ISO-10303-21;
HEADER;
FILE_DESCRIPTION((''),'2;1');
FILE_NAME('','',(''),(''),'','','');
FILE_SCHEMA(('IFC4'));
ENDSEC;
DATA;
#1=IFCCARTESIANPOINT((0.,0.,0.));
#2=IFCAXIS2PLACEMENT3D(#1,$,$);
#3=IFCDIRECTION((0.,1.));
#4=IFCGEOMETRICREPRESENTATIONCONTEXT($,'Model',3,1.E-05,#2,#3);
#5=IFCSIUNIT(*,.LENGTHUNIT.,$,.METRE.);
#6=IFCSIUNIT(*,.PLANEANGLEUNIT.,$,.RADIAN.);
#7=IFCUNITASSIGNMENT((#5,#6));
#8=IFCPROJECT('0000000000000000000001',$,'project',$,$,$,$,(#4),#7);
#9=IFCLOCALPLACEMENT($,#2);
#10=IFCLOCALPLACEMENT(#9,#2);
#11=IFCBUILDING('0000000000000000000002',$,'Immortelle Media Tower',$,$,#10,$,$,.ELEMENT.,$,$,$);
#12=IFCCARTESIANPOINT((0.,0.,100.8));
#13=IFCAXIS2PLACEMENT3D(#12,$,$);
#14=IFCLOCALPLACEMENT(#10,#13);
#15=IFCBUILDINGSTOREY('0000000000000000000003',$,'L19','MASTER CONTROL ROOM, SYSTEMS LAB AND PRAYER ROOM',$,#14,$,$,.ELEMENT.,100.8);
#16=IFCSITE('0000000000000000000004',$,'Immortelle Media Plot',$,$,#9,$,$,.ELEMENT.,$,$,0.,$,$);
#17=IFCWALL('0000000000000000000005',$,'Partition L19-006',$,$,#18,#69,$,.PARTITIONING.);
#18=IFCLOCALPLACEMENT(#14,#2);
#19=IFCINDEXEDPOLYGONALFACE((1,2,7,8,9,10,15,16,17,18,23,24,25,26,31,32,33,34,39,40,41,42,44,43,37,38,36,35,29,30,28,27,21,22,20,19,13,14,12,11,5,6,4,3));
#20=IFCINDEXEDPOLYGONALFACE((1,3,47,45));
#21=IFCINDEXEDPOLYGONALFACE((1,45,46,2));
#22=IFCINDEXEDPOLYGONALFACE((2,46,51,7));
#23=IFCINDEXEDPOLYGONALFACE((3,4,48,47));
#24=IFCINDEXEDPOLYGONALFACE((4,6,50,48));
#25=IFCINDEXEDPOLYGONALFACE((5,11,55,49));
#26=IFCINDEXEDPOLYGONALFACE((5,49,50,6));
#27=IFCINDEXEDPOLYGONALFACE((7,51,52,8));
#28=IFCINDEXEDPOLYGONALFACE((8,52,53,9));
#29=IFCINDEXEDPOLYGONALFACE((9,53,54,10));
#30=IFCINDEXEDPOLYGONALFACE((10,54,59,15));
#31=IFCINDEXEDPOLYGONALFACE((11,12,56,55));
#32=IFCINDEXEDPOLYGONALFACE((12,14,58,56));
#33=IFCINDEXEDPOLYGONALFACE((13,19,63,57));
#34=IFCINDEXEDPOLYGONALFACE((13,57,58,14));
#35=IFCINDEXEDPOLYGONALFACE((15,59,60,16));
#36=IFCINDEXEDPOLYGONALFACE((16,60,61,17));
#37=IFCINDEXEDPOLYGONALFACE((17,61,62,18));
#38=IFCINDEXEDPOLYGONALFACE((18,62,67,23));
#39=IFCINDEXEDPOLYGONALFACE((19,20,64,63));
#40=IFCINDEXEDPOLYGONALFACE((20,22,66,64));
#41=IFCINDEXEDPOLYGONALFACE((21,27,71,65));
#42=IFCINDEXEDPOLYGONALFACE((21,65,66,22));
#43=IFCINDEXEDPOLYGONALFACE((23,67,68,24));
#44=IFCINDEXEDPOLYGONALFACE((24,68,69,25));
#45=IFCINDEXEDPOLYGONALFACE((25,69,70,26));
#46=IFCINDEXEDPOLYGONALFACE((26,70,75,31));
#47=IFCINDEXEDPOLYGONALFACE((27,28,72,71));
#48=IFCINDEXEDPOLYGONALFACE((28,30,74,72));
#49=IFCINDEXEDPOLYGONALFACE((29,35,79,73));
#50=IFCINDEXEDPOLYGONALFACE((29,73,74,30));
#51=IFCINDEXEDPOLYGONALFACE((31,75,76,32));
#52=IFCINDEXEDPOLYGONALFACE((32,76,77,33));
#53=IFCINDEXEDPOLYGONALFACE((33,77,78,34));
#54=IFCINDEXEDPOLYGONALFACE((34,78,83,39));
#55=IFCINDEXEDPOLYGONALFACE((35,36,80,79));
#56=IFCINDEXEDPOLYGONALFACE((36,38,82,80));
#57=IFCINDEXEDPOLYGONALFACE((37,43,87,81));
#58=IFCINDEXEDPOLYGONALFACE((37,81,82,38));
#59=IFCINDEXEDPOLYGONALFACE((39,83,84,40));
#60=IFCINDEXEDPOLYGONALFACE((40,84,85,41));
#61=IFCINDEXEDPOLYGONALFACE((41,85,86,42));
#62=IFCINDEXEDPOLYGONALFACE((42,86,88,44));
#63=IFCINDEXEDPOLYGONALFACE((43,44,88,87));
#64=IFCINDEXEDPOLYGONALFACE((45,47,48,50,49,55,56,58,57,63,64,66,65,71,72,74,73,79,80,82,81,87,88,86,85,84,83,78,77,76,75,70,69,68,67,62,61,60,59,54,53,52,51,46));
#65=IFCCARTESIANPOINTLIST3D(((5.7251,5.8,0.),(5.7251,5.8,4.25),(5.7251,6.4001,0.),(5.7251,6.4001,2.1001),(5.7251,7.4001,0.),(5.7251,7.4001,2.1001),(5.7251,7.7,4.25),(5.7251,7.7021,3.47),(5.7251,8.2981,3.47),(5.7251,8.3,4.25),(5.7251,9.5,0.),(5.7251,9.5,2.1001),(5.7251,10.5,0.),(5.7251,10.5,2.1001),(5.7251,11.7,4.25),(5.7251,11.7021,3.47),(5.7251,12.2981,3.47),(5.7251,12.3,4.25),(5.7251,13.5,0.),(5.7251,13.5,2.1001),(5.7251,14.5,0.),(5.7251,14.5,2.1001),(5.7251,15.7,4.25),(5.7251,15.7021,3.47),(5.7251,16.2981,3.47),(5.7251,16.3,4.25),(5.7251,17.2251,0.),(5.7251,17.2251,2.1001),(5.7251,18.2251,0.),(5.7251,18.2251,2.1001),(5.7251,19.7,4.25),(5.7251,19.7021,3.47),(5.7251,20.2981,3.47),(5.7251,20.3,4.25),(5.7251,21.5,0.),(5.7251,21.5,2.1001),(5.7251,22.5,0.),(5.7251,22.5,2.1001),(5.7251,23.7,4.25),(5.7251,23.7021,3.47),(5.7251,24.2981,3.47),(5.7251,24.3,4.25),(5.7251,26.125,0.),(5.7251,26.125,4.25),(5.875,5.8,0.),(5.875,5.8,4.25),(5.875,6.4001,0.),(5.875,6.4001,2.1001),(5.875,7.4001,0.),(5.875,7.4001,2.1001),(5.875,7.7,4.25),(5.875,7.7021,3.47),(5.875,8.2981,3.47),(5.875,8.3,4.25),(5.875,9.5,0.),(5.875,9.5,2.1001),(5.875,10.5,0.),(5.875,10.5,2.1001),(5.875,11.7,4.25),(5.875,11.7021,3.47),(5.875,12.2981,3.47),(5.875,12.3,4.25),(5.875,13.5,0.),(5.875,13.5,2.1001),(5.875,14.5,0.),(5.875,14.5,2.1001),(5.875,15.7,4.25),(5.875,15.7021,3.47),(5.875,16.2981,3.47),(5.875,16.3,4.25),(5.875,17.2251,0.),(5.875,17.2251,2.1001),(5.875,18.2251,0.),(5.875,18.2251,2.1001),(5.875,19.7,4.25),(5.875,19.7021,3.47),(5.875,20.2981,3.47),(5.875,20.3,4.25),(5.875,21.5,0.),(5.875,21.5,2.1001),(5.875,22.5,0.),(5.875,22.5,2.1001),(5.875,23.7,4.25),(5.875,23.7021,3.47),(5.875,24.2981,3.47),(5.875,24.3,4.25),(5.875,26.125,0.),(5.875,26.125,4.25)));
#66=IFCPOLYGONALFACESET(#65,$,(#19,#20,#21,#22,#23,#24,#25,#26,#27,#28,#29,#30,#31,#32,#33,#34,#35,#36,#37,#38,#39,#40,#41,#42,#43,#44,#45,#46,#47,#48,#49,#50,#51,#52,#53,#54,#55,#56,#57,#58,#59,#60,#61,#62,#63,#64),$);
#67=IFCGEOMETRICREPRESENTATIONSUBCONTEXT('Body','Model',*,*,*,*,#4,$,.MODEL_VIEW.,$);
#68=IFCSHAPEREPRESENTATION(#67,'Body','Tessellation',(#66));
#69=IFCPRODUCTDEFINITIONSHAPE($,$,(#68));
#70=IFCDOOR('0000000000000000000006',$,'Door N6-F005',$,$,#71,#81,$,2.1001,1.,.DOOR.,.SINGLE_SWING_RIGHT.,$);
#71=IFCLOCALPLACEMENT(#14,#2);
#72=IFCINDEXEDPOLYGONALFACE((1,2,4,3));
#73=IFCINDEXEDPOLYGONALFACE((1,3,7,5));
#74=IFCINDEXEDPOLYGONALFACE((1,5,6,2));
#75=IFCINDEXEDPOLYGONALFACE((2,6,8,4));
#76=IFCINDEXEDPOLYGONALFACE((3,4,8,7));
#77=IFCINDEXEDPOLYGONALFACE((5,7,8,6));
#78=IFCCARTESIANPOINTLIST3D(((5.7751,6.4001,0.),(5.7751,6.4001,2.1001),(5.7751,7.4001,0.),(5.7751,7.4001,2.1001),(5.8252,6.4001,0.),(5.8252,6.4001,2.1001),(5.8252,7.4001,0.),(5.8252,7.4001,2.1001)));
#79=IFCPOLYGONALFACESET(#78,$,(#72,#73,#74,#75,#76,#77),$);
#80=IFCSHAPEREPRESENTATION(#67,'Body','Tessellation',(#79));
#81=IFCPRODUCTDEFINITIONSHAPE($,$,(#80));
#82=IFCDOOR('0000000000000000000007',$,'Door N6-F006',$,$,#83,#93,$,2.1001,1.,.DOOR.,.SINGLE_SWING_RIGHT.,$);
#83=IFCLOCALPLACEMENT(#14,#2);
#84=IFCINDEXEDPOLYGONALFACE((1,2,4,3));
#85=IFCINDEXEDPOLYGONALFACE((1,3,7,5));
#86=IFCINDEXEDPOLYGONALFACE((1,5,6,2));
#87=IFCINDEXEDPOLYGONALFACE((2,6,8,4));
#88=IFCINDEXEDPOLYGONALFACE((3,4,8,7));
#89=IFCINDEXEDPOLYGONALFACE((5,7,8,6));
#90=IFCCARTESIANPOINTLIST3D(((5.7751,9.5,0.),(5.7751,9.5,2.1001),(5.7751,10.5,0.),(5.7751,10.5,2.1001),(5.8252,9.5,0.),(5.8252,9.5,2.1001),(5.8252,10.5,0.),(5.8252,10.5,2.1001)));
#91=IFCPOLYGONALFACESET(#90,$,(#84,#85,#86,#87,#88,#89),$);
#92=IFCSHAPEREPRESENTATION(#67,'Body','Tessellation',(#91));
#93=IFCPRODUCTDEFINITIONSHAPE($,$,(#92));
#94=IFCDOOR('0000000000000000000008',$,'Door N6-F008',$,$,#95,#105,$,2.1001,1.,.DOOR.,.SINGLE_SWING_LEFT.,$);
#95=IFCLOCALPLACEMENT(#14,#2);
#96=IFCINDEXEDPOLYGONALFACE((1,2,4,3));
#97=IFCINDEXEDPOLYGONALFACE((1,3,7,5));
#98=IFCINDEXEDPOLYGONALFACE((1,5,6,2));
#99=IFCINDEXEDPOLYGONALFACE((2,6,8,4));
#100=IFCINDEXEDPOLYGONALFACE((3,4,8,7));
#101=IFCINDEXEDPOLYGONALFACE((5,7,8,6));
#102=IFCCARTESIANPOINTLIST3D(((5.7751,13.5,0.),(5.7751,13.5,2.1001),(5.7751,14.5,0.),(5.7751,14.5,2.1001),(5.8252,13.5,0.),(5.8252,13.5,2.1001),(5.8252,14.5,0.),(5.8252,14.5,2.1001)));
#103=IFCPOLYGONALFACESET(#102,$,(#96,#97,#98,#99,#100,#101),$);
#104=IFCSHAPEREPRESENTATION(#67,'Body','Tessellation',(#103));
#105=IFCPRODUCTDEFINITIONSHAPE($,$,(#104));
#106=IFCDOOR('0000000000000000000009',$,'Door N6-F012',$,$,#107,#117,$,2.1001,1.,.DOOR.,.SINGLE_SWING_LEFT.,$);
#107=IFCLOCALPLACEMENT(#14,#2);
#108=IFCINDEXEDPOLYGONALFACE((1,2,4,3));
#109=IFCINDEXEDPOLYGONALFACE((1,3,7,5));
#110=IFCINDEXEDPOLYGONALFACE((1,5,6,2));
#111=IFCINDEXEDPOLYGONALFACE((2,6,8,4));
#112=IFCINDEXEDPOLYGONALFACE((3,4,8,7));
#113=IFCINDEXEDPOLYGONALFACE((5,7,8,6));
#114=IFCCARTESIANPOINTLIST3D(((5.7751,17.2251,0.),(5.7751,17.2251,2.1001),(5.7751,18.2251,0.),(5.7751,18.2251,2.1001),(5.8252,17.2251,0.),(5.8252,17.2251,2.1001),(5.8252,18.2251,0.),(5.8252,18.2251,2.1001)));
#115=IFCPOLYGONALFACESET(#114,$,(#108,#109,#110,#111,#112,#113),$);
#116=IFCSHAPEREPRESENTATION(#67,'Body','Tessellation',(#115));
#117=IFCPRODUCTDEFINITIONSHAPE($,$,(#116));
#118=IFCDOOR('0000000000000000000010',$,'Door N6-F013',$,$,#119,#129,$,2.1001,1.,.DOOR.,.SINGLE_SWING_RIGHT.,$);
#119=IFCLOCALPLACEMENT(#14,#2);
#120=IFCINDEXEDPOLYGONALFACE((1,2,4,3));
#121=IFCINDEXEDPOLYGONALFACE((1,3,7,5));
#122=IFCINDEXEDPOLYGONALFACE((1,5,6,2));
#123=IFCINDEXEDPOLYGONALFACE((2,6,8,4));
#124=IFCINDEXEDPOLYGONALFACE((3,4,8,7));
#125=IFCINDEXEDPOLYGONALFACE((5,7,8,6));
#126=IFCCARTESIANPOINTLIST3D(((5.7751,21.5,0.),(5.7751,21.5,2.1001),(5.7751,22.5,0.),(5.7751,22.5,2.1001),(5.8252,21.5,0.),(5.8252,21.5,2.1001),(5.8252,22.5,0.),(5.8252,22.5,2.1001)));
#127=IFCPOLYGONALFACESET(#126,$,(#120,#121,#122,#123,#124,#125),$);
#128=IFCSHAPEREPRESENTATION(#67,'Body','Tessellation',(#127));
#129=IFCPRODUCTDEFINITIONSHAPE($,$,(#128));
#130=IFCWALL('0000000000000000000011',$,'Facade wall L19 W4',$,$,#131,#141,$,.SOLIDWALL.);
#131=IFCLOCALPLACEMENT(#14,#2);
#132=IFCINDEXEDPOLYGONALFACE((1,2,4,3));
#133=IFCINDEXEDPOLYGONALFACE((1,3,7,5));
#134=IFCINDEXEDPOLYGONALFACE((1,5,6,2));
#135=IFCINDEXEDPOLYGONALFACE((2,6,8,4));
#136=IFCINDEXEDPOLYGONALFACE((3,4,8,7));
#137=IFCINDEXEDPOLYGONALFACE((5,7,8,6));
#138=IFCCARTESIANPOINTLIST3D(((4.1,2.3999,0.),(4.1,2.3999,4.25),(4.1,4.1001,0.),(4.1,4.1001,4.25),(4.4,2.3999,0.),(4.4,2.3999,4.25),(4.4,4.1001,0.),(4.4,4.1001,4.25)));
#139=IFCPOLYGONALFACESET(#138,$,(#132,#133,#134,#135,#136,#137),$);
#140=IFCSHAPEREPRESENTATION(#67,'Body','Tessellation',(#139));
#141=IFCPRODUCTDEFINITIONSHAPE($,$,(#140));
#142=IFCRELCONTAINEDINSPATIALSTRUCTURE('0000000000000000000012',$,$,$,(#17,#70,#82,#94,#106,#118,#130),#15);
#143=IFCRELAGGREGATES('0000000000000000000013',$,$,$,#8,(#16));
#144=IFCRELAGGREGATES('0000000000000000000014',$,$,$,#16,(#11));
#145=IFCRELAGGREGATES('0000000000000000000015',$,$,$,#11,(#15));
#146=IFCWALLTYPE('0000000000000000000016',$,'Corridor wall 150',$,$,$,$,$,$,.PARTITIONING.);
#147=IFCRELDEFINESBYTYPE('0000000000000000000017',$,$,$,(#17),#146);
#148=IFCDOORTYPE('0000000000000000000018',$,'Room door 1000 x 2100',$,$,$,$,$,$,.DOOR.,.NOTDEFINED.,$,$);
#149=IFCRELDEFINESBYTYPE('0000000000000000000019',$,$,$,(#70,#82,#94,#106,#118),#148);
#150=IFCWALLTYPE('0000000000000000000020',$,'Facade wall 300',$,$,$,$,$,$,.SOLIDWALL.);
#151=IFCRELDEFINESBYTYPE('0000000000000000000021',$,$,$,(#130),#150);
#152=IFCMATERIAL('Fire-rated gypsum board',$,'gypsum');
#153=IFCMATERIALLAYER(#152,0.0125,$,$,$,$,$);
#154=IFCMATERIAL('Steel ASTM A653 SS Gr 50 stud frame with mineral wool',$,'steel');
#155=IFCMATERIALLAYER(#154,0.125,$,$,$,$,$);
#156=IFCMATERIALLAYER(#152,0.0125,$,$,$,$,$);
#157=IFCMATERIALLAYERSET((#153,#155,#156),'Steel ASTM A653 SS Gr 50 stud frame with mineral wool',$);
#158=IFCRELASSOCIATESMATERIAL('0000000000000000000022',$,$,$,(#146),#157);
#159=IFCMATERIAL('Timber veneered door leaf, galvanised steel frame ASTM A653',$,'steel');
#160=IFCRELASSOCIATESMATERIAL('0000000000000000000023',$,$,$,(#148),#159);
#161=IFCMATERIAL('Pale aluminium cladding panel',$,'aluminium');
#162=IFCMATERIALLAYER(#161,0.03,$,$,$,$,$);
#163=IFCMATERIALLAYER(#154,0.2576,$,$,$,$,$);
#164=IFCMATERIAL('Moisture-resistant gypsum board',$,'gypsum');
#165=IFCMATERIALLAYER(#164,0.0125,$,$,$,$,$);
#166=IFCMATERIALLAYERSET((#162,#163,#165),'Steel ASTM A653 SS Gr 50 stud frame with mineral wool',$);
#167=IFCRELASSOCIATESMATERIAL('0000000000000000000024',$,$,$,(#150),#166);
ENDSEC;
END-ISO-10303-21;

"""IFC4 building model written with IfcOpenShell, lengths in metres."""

from ifc_helpers import new_model, si_unit, direction, frame, frame_2d, origin, place, context, subcontext, project, spatial, polyline, rectangle, outline, extrude, material, layer, layer_set, type_object, element, fill, save


model = new_model("IFC4")

# Units and contexts
model_context = context("Model", 3, precision=1e-05, world=origin(), true_north=direction((0.0, 1.0)))
body_context = subcontext(model_context, "Body", "Model", "MODEL_VIEW")
ifc_project = project(units=[si_unit("LENGTHUNIT", "METRE"), si_unit("PLANEANGLEUNIT", "RADIAN")], contexts=[model_context])

# Site, building, storey
site_placement = place(None, origin())
site = spatial("IfcSite", under=ifc_project, at=site_placement, Name="Immortelle Media Plot", CompositionType="ELEMENT", RefElevation=0.0)
building_placement = place(site_placement, origin())
building = spatial("IfcBuilding", under=site, at=building_placement, Name="Immortelle Media Tower", CompositionType="ELEMENT")
storey_placement = place(building_placement, frame((0.0, 0.0, 100.8)))
storey = spatial("IfcBuildingStorey", under=building, at=storey_placement, Name="L19", Description="MASTER CONTROL ROOM, SYSTEMS LAB AND PRAYER ROOM", CompositionType="ELEMENT", Elevation=100.8)

# Wall, openings, doors
ifc_material_1 = material(Name="Fire-rated gypsum board", Category="gypsum")
ifc_layer_1 = layer(ifc_material_1, 0.0125)
ifc_material_2 = material(Name="Steel ASTM A653 SS Gr 50 stud frame with mineral wool", Category="steel")
ifc_layer_2 = layer(ifc_material_2, 0.125)
ifc_layer_3 = layer(ifc_material_1, 0.0125)
ifc_layer_set_1 = layer_set([ifc_layer_1, ifc_layer_2, ifc_layer_3], Name="Steel ASTM A653 SS Gr 50 stud frame with mineral wool")
wall_type_1 = type_object("IfcWallType", Name="Corridor wall 150", PredefinedType="PARTITIONING", material=ifc_layer_set_1)
ifc_material_3 = material(Name="Timber veneered door leaf, galvanised steel frame ASTM A653", Category="steel")
door_type_1 = type_object("IfcDoorType", Name="Room door 1000 x 2100", OperationType="NOTDEFINED", PredefinedType="DOOR", material=ifc_material_3)
wall_1_placement = place(storey_placement, frame((5.8, 5.8, 0.0), z_axis=(0.0, 0.0, 1.0), x_axis=(0.0, 1.0, 0.0)))
wall_1 = element("IfcWall", 1, at=wall_1_placement, inside=storey, type_object=wall_type_1, Name="Partition L19-006", PredefinedType="PARTITIONING", context=body_context, shape_type="SweptSolid", body=[
    extrude(outline(polyline([(0.0, 0.0), (20.325, 0.0), (20.325, 4.25), (18.5, 4.25), (18.498, 3.47), (17.9021, 3.47), (17.8999, 4.25), (14.5, 4.25), (14.498, 3.47), (13.9021, 3.47), (13.8999, 4.25), (10.5, 4.25), (10.498, 3.47), (9.9021, 3.47), (9.8999, 4.25), (6.5, 4.25), (6.498, 3.47), (5.9021, 3.47), (5.8999, 4.25), (2.5, 4.25), (2.498, 3.47), (1.9021, 3.47), (1.8999, 4.25), (0.0, 4.25), (0.0, 0.0)])), frame((0.0, 0.075, 0.0), z_axis=(0.0, -1.0, 0.0), x_axis=(1.0, 0.0, 0.0)), (0.0, 0.0, 1.0), 0.1499),
])
opening_1_placement = place(wall_1_placement, frame((0.6001, 0.0, 0.0)))
opening_1 = element("IfcOpeningElement", 2, at=opening_1_placement, cuts=wall_1, PredefinedType="OPENING", context=body_context, shape_type="SweptSolid", body=[
    extrude(rectangle(XDim=1.0, YDim=2.1001, at=frame_2d((0.5, 1.05))), frame((0.0, 0.085, 0.0), z_axis=(0.0, -1.0, 0.0), x_axis=(1.0, 0.0, 0.0)), (0.0, 0.0, 1.0), 0.1699),
])
opening_2_placement = place(wall_1_placement, frame((3.7, 0.0, 0.0)))
opening_2 = element("IfcOpeningElement", 3, at=opening_2_placement, cuts=wall_1, PredefinedType="OPENING", context=body_context, shape_type="SweptSolid", body=[
    extrude(rectangle(XDim=1.0, YDim=2.1001, at=frame_2d((0.5, 1.05))), frame((0.0, 0.085, 0.0), z_axis=(0.0, -1.0, 0.0), x_axis=(1.0, 0.0, 0.0)), (0.0, 0.0, 1.0), 0.1699),
])
opening_3_placement = place(wall_1_placement, frame((7.7, 0.0, 0.0)))
opening_3 = element("IfcOpeningElement", 4, at=opening_3_placement, cuts=wall_1, PredefinedType="OPENING", context=body_context, shape_type="SweptSolid", body=[
    extrude(rectangle(XDim=1.0, YDim=2.1001, at=frame_2d((0.5, 1.05))), frame((0.0, 0.085, 0.0), z_axis=(0.0, -1.0, 0.0), x_axis=(1.0, 0.0, 0.0)), (0.0, 0.0, 1.0), 0.1699),
])
opening_4_placement = place(wall_1_placement, frame((11.425, 0.0, 0.0)))
opening_4 = element("IfcOpeningElement", 5, at=opening_4_placement, cuts=wall_1, PredefinedType="OPENING", context=body_context, shape_type="SweptSolid", body=[
    extrude(rectangle(XDim=1.0, YDim=2.1001, at=frame_2d((0.5, 1.05))), frame((0.0, 0.085, 0.0), z_axis=(0.0, -1.0, 0.0), x_axis=(1.0, 0.0, 0.0)), (0.0, 0.0, 1.0), 0.1699),
])
opening_5_placement = place(wall_1_placement, frame((15.7, 0.0, 0.0)))
opening_5 = element("IfcOpeningElement", 6, at=opening_5_placement, cuts=wall_1, PredefinedType="OPENING", context=body_context, shape_type="SweptSolid", body=[
    extrude(rectangle(XDim=1.0, YDim=2.1001, at=frame_2d((0.5, 1.05))), frame((0.0, 0.085, 0.0), z_axis=(0.0, -1.0, 0.0), x_axis=(1.0, 0.0, 0.0)), (0.0, 0.0, 1.0), 0.1699),
])
door_1_placement = place(opening_1_placement, origin())
door_1 = element("IfcDoor", 7, at=door_1_placement, inside=storey, type_object=door_type_1, Name="Door N6-F005", OperationType="SINGLE_SWING_RIGHT", OverallHeight=2.1001, OverallWidth=1.0, PredefinedType="DOOR", context=body_context, shape_type="SweptSolid", body=[
    extrude(rectangle(XDim=1.0, YDim=2.1001, at=frame_2d((0.5, 1.05))), frame((0.0, 0.0249, 0.0), z_axis=(0.0, -1.0, 0.0), x_axis=(1.0, 0.0, 0.0)), (0.0, 0.0, 1.0), 0.05),
])
fill(opening_1, door_1)
door_2_placement = place(opening_2_placement, origin())
door_2 = element("IfcDoor", 8, at=door_2_placement, inside=storey, type_object=door_type_1, Name="Door N6-F006", OperationType="SINGLE_SWING_RIGHT", OverallHeight=2.1001, OverallWidth=1.0, PredefinedType="DOOR", context=body_context, shape_type="SweptSolid", body=[
    extrude(rectangle(XDim=1.0, YDim=2.1001, at=frame_2d((0.5, 1.05))), frame((0.0, 0.0249, 0.0), z_axis=(0.0, -1.0, 0.0), x_axis=(1.0, 0.0, 0.0)), (0.0, 0.0, 1.0), 0.05),
])
fill(opening_2, door_2)
door_3_placement = place(opening_3_placement, origin())
door_3 = element("IfcDoor", 9, at=door_3_placement, inside=storey, type_object=door_type_1, Name="Door N6-F008", OperationType="SINGLE_SWING_LEFT", OverallHeight=2.1001, OverallWidth=1.0, PredefinedType="DOOR", context=body_context, shape_type="SweptSolid", body=[
    extrude(rectangle(XDim=1.0, YDim=2.1001, at=frame_2d((0.5, 1.05))), frame((0.0, 0.0249, 0.0), z_axis=(0.0, -1.0, 0.0), x_axis=(1.0, 0.0, 0.0)), (0.0, 0.0, 1.0), 0.05),
])
fill(opening_3, door_3)
door_4_placement = place(opening_4_placement, origin())
door_4 = element("IfcDoor", 10, at=door_4_placement, inside=storey, type_object=door_type_1, Name="Door N6-F012", OperationType="SINGLE_SWING_LEFT", OverallHeight=2.1001, OverallWidth=1.0, PredefinedType="DOOR", context=body_context, shape_type="SweptSolid", body=[
    extrude(rectangle(XDim=1.0, YDim=2.1001, at=frame_2d((0.5, 1.05))), frame((0.0, 0.0249, 0.0), z_axis=(0.0, -1.0, 0.0), x_axis=(1.0, 0.0, 0.0)), (0.0, 0.0, 1.0), 0.05),
])
fill(opening_4, door_4)
door_5_placement = place(opening_5_placement, origin())
door_5 = element("IfcDoor", 11, at=door_5_placement, inside=storey, type_object=door_type_1, Name="Door N6-F013", OperationType="SINGLE_SWING_RIGHT", OverallHeight=2.1001, OverallWidth=1.0, PredefinedType="DOOR", context=body_context, shape_type="SweptSolid", body=[
    extrude(rectangle(XDim=1.0, YDim=2.1001, at=frame_2d((0.5, 1.05))), frame((0.0, 0.0249, 0.0), z_axis=(0.0, -1.0, 0.0), x_axis=(1.0, 0.0, 0.0)), (0.0, 0.0, 1.0), 0.05),
])
fill(opening_5, door_5)

# Wall
ifc_material_4 = material(Name="Pale aluminium cladding panel", Category="aluminium")
ifc_layer_4 = layer(ifc_material_4, 0.03)
ifc_layer_5 = layer(ifc_material_2, 0.2576)
ifc_material_5 = material(Name="Moisture-resistant gypsum board", Category="gypsum")
ifc_layer_6 = layer(ifc_material_5, 0.0125)
ifc_layer_set_2 = layer_set([ifc_layer_4, ifc_layer_5, ifc_layer_6], Name="Steel ASTM A653 SS Gr 50 stud frame with mineral wool")
wall_type_2 = type_object("IfcWallType", Name="Facade wall 300", PredefinedType="SOLIDWALL", material=ifc_layer_set_2)
wall_2_placement = place(storey_placement, frame((4.25, 4.1001, 0.0), z_axis=(0.0, 0.0, 1.0), x_axis=(0.0, -1.0, 0.0)))
element("IfcWall", 12, at=wall_2_placement, inside=storey, type_object=wall_type_2, Name="Facade wall L19 W4", PredefinedType="SOLIDWALL", context=body_context, shape_type="SweptSolid", body=[
    extrude(rectangle(XDim=1.7002, YDim=0.3, at=frame_2d((0.8501, 0.0))), origin(), (0.0, 0.0, 1.0), 4.25),
])

save(model, "model.ifc")
